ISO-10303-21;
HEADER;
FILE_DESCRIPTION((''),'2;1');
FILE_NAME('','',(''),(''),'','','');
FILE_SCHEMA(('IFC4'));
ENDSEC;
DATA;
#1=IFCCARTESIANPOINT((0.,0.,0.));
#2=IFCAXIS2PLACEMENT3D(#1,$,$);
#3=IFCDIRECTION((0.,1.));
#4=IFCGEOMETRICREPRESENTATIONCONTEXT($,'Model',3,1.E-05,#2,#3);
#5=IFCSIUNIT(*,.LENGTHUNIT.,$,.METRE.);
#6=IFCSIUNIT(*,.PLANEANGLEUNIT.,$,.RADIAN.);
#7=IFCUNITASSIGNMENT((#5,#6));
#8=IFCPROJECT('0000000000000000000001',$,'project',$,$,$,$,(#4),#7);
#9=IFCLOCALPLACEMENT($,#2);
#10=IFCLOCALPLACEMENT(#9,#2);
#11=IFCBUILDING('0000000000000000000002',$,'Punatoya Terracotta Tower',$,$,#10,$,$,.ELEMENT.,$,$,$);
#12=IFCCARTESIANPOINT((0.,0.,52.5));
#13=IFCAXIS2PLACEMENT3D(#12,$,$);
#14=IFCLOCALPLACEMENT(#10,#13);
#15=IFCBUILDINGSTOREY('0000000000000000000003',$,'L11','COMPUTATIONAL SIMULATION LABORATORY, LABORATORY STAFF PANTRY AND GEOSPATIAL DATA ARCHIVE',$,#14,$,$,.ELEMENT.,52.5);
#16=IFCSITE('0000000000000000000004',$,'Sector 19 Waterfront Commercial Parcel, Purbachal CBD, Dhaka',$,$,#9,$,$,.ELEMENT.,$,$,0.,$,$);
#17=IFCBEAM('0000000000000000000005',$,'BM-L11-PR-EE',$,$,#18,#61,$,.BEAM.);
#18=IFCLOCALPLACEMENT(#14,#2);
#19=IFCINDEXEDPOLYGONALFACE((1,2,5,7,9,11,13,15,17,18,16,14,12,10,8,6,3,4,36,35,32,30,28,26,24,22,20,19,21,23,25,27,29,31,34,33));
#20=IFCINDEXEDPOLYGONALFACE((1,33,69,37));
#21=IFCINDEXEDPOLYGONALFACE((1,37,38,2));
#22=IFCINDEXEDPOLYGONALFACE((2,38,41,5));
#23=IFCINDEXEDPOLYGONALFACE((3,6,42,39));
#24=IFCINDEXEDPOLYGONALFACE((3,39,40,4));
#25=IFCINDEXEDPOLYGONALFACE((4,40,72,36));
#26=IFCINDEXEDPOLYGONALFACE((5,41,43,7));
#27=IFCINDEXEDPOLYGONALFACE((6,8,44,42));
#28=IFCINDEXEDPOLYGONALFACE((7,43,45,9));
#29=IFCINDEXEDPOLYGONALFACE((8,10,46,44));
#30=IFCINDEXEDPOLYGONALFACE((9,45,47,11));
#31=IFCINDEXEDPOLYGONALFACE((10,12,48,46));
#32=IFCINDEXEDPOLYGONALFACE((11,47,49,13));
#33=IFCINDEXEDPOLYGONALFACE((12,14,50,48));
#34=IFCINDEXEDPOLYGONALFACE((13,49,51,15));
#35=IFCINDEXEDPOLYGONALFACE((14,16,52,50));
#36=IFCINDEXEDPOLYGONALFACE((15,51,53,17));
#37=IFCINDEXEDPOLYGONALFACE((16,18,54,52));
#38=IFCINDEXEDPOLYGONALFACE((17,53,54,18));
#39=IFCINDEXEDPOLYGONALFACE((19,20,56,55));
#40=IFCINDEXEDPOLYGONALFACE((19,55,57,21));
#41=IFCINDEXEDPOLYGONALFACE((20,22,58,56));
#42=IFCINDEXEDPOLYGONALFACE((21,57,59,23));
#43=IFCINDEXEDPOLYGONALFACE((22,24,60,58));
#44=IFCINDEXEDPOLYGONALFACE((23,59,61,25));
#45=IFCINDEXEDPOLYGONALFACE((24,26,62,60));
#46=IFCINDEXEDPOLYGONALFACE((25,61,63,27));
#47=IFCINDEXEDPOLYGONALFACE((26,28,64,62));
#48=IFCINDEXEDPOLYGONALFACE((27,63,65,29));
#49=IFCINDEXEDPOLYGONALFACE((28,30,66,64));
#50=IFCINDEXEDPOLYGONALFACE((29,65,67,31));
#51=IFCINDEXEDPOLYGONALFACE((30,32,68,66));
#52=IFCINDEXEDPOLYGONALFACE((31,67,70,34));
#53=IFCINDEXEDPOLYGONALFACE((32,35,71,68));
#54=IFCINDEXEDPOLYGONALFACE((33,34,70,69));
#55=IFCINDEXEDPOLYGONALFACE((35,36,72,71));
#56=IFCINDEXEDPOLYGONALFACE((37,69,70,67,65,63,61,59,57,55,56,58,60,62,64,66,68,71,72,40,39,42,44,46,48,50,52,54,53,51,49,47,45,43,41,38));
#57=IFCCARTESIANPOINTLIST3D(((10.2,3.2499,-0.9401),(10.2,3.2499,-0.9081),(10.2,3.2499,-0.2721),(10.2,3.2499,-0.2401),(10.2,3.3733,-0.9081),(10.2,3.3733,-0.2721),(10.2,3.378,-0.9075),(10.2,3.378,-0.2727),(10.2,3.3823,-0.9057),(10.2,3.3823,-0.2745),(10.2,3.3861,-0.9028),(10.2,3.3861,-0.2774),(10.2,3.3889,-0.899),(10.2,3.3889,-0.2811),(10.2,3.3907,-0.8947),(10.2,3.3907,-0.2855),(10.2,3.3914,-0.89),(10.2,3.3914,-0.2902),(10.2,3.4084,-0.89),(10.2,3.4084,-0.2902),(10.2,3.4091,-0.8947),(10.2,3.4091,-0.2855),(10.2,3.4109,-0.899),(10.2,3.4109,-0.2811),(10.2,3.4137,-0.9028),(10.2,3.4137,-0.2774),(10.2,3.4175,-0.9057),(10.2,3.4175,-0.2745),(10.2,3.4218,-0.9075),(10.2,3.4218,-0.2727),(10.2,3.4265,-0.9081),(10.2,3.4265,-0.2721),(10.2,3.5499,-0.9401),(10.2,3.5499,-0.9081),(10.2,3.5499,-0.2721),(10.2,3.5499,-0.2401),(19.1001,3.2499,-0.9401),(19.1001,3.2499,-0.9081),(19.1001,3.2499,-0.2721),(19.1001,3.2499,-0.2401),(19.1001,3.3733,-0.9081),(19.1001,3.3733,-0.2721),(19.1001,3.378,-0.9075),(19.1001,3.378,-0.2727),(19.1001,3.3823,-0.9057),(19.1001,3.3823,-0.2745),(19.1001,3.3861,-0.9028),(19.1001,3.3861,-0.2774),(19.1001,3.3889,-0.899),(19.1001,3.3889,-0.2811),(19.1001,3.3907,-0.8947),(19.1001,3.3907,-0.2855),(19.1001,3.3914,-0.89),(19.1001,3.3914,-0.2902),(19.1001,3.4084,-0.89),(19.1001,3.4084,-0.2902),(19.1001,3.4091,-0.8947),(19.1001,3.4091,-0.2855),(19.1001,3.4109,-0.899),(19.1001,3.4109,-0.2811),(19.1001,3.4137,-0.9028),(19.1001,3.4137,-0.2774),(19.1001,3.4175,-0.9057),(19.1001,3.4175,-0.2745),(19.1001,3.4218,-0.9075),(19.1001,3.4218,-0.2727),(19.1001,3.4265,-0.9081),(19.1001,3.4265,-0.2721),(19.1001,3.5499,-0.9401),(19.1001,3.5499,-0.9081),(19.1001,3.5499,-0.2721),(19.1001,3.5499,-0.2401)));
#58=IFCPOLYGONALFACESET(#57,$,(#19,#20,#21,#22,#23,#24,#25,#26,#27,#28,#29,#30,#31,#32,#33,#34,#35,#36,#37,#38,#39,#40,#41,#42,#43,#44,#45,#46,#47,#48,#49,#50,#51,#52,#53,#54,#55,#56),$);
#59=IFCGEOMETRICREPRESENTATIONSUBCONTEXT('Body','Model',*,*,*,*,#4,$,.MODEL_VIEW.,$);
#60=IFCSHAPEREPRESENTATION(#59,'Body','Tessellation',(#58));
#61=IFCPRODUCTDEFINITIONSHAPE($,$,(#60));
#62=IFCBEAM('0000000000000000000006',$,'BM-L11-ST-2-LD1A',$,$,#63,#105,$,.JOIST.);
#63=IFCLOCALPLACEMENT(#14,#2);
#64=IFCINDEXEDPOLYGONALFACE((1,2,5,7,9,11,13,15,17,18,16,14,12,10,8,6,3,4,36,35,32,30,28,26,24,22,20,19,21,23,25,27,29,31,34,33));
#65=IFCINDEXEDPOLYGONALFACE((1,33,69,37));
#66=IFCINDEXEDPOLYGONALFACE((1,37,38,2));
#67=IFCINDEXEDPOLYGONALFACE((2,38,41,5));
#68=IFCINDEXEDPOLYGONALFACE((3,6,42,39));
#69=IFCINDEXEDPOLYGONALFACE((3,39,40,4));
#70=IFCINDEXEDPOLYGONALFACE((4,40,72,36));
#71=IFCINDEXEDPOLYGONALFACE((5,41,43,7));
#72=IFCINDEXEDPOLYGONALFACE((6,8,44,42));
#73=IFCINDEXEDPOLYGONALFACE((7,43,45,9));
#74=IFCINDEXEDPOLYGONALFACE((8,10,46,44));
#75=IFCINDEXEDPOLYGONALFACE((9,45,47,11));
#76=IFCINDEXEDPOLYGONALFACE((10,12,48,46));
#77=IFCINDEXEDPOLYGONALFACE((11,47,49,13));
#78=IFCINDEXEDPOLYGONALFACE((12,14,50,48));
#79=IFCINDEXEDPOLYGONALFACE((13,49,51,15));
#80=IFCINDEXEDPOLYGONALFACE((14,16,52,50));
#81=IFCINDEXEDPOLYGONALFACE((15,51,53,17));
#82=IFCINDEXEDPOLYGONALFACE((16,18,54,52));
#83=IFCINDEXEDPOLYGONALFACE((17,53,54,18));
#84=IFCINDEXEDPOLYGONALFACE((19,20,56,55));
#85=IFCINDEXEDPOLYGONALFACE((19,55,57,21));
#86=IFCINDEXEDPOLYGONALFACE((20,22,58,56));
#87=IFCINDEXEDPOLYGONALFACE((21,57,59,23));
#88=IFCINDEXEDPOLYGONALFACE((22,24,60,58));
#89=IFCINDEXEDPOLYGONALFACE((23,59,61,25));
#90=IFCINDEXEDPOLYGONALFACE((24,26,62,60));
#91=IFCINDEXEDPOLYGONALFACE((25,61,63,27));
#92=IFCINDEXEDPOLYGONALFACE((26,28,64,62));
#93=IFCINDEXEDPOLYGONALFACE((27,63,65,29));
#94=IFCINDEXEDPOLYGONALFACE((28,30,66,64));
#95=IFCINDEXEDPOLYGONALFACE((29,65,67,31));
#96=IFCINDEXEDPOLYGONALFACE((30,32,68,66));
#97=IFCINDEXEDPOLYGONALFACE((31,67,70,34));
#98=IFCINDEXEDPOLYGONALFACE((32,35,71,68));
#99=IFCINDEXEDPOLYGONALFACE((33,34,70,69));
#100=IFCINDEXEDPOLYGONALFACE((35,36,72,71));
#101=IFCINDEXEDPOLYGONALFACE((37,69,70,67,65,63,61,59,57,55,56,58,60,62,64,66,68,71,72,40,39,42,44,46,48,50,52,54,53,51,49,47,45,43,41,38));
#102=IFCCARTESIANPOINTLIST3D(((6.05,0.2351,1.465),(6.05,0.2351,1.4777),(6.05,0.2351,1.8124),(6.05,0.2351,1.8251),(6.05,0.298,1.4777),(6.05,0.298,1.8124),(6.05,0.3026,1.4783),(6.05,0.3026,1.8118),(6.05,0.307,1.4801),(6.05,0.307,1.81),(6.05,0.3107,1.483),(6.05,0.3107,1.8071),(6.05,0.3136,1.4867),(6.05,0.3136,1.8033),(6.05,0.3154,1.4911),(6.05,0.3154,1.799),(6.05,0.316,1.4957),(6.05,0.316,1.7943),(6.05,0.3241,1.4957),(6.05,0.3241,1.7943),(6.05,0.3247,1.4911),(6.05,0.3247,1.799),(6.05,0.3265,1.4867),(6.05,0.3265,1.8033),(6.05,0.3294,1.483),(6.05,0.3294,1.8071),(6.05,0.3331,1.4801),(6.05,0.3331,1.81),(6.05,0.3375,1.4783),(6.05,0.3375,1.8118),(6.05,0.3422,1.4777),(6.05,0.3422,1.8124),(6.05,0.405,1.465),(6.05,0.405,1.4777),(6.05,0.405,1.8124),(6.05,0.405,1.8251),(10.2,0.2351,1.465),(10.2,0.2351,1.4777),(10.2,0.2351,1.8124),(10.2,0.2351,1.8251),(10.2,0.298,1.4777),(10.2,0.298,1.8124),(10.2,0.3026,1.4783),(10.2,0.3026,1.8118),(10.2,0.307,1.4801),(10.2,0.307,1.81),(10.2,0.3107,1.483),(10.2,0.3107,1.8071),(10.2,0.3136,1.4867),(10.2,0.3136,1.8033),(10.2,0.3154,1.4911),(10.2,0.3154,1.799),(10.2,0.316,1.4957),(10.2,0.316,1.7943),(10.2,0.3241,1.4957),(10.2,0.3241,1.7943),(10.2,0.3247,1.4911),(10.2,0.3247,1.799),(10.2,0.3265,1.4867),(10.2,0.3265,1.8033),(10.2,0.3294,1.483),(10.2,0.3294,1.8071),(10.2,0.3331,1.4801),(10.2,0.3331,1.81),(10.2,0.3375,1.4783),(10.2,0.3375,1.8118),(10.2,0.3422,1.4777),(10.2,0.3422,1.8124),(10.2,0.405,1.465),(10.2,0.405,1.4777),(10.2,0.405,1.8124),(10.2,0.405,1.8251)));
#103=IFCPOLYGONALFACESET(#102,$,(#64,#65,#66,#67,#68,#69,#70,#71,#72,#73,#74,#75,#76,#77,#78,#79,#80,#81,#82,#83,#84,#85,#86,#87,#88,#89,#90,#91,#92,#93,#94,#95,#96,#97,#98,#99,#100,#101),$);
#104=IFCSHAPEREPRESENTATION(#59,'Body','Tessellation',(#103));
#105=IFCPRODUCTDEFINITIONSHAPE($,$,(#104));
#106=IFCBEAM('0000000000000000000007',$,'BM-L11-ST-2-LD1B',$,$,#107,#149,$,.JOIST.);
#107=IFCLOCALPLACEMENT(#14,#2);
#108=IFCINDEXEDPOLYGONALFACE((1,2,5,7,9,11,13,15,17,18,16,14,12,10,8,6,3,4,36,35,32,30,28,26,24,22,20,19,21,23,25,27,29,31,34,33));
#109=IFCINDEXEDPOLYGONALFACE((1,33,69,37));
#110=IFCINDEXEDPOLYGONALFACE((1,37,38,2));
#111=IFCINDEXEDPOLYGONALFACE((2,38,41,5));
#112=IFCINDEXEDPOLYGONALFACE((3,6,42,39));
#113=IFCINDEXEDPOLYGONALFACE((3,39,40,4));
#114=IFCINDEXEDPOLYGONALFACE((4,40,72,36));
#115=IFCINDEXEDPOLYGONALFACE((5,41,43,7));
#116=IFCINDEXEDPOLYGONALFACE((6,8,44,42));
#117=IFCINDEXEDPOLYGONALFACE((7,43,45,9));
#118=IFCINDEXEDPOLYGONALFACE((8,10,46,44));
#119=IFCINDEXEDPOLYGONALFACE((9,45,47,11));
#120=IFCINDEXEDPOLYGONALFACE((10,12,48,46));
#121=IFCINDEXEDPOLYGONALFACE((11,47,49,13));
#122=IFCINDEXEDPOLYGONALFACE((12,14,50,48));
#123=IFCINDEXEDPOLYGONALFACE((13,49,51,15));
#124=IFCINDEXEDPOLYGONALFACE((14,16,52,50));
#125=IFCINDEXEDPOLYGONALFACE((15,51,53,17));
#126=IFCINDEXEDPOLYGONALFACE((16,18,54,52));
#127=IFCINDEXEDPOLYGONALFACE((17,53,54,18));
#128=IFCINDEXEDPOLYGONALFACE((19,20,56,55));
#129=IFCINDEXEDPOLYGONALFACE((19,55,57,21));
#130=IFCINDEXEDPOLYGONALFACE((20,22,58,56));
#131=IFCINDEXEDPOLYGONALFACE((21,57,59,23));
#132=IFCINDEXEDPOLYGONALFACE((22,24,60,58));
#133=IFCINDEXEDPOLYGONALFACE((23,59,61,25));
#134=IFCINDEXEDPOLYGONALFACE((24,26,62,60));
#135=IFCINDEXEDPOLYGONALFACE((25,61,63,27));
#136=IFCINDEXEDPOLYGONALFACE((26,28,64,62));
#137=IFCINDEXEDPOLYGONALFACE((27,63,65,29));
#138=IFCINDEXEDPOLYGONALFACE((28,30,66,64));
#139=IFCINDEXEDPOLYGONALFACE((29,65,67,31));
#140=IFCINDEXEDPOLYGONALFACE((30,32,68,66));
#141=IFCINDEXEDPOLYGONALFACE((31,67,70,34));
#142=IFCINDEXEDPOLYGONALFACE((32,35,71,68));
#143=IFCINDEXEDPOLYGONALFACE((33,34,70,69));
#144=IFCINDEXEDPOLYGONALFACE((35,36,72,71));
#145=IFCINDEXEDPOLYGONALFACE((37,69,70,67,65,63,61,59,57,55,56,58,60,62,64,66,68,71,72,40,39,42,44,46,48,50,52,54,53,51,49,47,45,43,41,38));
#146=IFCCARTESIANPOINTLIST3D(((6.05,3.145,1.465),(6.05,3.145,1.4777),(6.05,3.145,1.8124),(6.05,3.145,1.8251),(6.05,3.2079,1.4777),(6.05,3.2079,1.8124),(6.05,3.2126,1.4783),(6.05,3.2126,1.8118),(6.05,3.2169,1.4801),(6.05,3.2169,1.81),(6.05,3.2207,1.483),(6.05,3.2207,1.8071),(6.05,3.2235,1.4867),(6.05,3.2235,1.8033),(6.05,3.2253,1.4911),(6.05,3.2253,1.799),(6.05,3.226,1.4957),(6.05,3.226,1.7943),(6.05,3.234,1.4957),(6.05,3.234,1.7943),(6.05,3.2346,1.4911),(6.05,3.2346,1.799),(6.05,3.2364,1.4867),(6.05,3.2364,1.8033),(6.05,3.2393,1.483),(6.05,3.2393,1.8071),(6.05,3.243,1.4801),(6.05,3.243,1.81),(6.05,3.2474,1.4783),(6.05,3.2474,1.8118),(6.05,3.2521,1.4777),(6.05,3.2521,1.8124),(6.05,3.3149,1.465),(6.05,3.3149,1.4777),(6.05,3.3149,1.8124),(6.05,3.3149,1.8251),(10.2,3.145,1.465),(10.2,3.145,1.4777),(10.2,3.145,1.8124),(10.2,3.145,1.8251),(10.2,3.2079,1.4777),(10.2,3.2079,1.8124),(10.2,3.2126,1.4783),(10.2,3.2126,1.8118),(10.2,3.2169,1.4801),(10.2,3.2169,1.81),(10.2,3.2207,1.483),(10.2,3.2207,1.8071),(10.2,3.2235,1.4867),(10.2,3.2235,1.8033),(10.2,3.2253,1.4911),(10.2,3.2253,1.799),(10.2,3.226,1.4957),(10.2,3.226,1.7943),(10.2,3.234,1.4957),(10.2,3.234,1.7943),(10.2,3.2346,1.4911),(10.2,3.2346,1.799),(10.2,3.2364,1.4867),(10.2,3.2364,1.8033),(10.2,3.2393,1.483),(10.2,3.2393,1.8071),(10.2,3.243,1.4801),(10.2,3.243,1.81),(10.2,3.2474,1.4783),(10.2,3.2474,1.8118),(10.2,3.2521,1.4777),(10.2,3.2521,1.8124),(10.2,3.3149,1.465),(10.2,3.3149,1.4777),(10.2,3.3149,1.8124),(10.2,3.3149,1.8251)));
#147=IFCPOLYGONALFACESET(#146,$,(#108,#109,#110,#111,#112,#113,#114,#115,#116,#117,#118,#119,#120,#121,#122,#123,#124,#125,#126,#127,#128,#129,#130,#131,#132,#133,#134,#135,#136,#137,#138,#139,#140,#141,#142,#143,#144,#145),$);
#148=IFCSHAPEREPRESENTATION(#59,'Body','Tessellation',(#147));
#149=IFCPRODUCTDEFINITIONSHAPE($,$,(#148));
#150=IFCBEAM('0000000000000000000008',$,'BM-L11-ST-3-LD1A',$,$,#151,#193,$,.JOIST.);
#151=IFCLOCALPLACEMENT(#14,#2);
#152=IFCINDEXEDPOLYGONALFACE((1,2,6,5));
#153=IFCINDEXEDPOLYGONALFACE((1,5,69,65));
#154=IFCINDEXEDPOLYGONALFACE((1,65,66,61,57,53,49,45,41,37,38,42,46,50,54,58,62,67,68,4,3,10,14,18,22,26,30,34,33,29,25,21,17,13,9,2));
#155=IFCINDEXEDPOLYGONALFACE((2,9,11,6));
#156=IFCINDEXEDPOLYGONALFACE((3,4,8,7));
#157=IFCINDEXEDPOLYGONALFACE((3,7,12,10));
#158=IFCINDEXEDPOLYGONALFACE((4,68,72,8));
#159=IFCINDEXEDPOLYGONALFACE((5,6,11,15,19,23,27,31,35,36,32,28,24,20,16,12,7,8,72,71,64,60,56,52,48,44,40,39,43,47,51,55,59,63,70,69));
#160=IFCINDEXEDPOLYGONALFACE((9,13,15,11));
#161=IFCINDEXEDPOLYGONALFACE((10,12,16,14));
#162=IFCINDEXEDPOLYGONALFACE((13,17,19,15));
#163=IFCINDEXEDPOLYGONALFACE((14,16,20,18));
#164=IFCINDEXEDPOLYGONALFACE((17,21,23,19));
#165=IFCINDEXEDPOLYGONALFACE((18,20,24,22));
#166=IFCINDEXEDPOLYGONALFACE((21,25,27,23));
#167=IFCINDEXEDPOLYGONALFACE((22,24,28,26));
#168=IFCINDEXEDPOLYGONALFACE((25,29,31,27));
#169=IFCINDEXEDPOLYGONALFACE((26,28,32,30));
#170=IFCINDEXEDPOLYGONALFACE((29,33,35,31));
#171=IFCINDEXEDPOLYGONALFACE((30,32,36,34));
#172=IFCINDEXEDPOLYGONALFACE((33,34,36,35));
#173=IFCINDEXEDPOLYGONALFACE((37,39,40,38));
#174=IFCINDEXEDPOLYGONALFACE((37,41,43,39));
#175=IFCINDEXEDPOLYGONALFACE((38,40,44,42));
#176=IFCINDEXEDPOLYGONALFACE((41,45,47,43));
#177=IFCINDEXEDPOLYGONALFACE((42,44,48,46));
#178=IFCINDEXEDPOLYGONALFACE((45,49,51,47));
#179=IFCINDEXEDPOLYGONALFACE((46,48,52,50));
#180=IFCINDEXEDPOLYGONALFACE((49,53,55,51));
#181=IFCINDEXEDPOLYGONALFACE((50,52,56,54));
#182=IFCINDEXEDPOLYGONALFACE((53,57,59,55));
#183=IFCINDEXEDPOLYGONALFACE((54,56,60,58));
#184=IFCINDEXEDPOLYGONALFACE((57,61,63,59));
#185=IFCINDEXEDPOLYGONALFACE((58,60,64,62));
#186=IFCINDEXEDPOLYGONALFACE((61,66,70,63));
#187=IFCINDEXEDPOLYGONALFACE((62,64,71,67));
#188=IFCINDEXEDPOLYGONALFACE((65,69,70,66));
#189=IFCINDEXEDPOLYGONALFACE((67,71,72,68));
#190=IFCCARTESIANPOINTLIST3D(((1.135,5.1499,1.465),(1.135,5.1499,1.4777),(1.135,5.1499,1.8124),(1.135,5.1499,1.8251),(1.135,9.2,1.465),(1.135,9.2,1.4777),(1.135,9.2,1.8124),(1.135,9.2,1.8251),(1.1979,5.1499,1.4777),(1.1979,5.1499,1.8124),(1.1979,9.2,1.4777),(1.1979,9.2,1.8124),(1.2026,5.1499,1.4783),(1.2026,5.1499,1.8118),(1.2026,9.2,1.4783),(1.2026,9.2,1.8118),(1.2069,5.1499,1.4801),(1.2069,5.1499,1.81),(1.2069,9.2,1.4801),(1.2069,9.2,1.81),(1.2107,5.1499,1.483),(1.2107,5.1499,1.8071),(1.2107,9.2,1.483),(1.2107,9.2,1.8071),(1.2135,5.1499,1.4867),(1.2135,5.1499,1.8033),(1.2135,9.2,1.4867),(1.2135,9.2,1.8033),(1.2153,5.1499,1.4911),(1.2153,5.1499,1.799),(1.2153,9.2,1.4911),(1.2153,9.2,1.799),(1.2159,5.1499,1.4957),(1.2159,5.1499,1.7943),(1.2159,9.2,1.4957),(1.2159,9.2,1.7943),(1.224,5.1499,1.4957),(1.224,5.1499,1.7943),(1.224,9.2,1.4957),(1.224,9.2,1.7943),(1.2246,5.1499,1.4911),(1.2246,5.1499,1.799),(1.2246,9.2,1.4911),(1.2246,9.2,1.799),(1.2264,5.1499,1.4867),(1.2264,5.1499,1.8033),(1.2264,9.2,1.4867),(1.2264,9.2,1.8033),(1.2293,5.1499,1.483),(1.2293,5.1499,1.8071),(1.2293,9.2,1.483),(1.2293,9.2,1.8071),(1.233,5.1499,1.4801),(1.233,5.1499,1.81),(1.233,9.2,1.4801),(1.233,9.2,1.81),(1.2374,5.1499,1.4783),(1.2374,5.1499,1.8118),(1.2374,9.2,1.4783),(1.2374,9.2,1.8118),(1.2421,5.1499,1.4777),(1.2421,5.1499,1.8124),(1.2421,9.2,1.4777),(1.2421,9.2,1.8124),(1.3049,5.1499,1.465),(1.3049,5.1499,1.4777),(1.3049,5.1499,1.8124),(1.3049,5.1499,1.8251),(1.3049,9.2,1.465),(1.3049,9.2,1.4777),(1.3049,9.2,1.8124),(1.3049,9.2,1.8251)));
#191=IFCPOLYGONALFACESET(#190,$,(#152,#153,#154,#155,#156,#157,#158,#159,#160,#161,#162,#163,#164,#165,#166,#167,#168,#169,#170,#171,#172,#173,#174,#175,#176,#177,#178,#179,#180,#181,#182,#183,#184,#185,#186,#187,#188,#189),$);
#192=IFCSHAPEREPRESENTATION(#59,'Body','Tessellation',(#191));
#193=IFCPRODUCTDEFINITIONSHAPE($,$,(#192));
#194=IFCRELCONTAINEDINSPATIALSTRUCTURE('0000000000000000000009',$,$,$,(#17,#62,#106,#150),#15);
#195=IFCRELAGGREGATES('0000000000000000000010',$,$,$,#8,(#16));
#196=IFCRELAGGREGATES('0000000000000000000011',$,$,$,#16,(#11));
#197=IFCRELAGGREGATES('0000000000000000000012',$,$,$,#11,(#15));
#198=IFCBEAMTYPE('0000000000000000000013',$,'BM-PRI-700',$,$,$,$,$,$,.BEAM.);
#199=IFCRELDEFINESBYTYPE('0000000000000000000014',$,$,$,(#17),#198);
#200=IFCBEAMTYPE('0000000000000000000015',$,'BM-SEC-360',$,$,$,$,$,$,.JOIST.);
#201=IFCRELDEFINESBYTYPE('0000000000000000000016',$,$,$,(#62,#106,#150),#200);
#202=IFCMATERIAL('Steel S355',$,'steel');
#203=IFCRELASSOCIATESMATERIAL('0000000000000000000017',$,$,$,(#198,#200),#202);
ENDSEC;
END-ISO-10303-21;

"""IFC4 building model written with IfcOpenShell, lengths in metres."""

from ifc_helpers import new_model, si_unit, direction, frame, origin, origin_2d, place, context, subcontext, project, spatial, i_section, extrude, material, material_profile, profile_set, type_object, element, save


model = new_model("IFC4")

# Units and contexts
model_context = context("Model", 3, precision=1e-05, world=origin(), true_north=direction((0.0, 1.0)))
body_context = subcontext(model_context, "Body", "Model", "MODEL_VIEW")
ifc_project = project(units=[si_unit("LENGTHUNIT", "METRE"), si_unit("PLANEANGLEUNIT", "RADIAN")], contexts=[model_context])

# Site, building, storey
site_placement = place(None, origin())
site = spatial("IfcSite", under=ifc_project, at=site_placement, Name="Sector 19 Waterfront Commercial Parcel, Purbachal CBD, Dhaka", CompositionType="ELEMENT", RefElevation=0.0)
building_placement = place(site_placement, origin())
building = spatial("IfcBuilding", under=site, at=building_placement, Name="Punatoya Terracotta Tower", CompositionType="ELEMENT")
storey_placement = place(building_placement, frame((0.0, 0.0, 52.5)))
storey = spatial("IfcBuildingStorey", under=building, at=storey_placement, Name="L11", Description="COMPUTATIONAL SIMULATION LABORATORY, LABORATORY STAFF PANTRY AND GEOSPATIAL DATA ARCHIVE", CompositionType="ELEMENT", Elevation=52.5)

# Beams
ifc_material_1 = material(Name="Steel S355", Category="steel")
ifc_material_profile_1 = material_profile(ifc_material_1, i_section(OverallWidth=0.3, OverallDepth=0.7, WebThickness=0.0171, FlangeThickness=0.032, FilletRadius=0.0181, at=origin_2d()))
ifc_profile_set_1 = profile_set([ifc_material_profile_1], Name="Steel S355")
beam_type_1 = type_object("IfcBeamType", Name="BM-PRI-700", PredefinedType="BEAM", material=ifc_profile_set_1)
beam_1_placement = place(storey_placement, frame((10.2, 3.3999, -0.5901), z_axis=(1.0, 0.0, 0.0), x_axis=(0.0, 1.0, 0.0)))
element("IfcBeam", 1, at=beam_1_placement, inside=storey, type_object=beam_type_1, Name="BM-L11-PR-EE", PredefinedType="BEAM", context=body_context, shape_type="SweptSolid", body=[
    extrude(i_section(OverallWidth=0.3, OverallDepth=0.7, WebThickness=0.0171, FlangeThickness=0.032, FilletRadius=0.0181, at=origin_2d()), origin(), (0.0, 0.0, 1.0), 8.9001),
])
ifc_material_profile_2 = material_profile(ifc_material_1, i_section(OverallWidth=0.1699, OverallDepth=0.3601, WebThickness=0.0081, FlangeThickness=0.0127, FilletRadius=0.0181, at=origin_2d()))
ifc_profile_set_2 = profile_set([ifc_material_profile_2], Name="Steel S355")
beam_type_2 = type_object("IfcBeamType", Name="BM-SEC-360", PredefinedType="JOIST", material=ifc_profile_set_2)
for number, where, z_axis, x_axis, name in (
    (2, (6.05, 0.3201, 1.645), (1.0, 0.0, 0.0), (0.0, 1.0, 0.0), "BM-L11-ST-2-LD1A"),
    (3, (6.05, 3.23, 1.645), (1.0, 0.0, 0.0), (0.0, 1.0, 0.0), "BM-L11-ST-2-LD1B"),
):
    element("IfcBeam", number, at=place(storey_placement, frame(where, z_axis=z_axis, x_axis=x_axis)), inside=storey, type_object=beam_type_2, Name=name, PredefinedType="JOIST", context=body_context, shape_type="SweptSolid", body=[
        extrude(i_section(OverallWidth=0.1699, OverallDepth=0.3601, WebThickness=0.0081, FlangeThickness=0.0127, FilletRadius=0.0181, at=origin_2d()), origin(), (0.0, 0.0, 1.0), 4.1499),
    ])
beam_2_placement = place(storey_placement, frame((1.22, 5.1499, 1.645), z_axis=(0.0, 1.0, 0.0), x_axis=(-1.0, 0.0, 0.0)))
element("IfcBeam", 4, at=beam_2_placement, inside=storey, type_object=beam_type_2, Name="BM-L11-ST-3-LD1A", PredefinedType="JOIST", context=body_context, shape_type="SweptSolid", body=[
    extrude(i_section(OverallWidth=0.1699, OverallDepth=0.3601, WebThickness=0.0081, FlangeThickness=0.0127, FilletRadius=0.0181, at=origin_2d()), origin(), (0.0, 0.0, 1.0), 4.05),
])

save(model, "model.ifc")
